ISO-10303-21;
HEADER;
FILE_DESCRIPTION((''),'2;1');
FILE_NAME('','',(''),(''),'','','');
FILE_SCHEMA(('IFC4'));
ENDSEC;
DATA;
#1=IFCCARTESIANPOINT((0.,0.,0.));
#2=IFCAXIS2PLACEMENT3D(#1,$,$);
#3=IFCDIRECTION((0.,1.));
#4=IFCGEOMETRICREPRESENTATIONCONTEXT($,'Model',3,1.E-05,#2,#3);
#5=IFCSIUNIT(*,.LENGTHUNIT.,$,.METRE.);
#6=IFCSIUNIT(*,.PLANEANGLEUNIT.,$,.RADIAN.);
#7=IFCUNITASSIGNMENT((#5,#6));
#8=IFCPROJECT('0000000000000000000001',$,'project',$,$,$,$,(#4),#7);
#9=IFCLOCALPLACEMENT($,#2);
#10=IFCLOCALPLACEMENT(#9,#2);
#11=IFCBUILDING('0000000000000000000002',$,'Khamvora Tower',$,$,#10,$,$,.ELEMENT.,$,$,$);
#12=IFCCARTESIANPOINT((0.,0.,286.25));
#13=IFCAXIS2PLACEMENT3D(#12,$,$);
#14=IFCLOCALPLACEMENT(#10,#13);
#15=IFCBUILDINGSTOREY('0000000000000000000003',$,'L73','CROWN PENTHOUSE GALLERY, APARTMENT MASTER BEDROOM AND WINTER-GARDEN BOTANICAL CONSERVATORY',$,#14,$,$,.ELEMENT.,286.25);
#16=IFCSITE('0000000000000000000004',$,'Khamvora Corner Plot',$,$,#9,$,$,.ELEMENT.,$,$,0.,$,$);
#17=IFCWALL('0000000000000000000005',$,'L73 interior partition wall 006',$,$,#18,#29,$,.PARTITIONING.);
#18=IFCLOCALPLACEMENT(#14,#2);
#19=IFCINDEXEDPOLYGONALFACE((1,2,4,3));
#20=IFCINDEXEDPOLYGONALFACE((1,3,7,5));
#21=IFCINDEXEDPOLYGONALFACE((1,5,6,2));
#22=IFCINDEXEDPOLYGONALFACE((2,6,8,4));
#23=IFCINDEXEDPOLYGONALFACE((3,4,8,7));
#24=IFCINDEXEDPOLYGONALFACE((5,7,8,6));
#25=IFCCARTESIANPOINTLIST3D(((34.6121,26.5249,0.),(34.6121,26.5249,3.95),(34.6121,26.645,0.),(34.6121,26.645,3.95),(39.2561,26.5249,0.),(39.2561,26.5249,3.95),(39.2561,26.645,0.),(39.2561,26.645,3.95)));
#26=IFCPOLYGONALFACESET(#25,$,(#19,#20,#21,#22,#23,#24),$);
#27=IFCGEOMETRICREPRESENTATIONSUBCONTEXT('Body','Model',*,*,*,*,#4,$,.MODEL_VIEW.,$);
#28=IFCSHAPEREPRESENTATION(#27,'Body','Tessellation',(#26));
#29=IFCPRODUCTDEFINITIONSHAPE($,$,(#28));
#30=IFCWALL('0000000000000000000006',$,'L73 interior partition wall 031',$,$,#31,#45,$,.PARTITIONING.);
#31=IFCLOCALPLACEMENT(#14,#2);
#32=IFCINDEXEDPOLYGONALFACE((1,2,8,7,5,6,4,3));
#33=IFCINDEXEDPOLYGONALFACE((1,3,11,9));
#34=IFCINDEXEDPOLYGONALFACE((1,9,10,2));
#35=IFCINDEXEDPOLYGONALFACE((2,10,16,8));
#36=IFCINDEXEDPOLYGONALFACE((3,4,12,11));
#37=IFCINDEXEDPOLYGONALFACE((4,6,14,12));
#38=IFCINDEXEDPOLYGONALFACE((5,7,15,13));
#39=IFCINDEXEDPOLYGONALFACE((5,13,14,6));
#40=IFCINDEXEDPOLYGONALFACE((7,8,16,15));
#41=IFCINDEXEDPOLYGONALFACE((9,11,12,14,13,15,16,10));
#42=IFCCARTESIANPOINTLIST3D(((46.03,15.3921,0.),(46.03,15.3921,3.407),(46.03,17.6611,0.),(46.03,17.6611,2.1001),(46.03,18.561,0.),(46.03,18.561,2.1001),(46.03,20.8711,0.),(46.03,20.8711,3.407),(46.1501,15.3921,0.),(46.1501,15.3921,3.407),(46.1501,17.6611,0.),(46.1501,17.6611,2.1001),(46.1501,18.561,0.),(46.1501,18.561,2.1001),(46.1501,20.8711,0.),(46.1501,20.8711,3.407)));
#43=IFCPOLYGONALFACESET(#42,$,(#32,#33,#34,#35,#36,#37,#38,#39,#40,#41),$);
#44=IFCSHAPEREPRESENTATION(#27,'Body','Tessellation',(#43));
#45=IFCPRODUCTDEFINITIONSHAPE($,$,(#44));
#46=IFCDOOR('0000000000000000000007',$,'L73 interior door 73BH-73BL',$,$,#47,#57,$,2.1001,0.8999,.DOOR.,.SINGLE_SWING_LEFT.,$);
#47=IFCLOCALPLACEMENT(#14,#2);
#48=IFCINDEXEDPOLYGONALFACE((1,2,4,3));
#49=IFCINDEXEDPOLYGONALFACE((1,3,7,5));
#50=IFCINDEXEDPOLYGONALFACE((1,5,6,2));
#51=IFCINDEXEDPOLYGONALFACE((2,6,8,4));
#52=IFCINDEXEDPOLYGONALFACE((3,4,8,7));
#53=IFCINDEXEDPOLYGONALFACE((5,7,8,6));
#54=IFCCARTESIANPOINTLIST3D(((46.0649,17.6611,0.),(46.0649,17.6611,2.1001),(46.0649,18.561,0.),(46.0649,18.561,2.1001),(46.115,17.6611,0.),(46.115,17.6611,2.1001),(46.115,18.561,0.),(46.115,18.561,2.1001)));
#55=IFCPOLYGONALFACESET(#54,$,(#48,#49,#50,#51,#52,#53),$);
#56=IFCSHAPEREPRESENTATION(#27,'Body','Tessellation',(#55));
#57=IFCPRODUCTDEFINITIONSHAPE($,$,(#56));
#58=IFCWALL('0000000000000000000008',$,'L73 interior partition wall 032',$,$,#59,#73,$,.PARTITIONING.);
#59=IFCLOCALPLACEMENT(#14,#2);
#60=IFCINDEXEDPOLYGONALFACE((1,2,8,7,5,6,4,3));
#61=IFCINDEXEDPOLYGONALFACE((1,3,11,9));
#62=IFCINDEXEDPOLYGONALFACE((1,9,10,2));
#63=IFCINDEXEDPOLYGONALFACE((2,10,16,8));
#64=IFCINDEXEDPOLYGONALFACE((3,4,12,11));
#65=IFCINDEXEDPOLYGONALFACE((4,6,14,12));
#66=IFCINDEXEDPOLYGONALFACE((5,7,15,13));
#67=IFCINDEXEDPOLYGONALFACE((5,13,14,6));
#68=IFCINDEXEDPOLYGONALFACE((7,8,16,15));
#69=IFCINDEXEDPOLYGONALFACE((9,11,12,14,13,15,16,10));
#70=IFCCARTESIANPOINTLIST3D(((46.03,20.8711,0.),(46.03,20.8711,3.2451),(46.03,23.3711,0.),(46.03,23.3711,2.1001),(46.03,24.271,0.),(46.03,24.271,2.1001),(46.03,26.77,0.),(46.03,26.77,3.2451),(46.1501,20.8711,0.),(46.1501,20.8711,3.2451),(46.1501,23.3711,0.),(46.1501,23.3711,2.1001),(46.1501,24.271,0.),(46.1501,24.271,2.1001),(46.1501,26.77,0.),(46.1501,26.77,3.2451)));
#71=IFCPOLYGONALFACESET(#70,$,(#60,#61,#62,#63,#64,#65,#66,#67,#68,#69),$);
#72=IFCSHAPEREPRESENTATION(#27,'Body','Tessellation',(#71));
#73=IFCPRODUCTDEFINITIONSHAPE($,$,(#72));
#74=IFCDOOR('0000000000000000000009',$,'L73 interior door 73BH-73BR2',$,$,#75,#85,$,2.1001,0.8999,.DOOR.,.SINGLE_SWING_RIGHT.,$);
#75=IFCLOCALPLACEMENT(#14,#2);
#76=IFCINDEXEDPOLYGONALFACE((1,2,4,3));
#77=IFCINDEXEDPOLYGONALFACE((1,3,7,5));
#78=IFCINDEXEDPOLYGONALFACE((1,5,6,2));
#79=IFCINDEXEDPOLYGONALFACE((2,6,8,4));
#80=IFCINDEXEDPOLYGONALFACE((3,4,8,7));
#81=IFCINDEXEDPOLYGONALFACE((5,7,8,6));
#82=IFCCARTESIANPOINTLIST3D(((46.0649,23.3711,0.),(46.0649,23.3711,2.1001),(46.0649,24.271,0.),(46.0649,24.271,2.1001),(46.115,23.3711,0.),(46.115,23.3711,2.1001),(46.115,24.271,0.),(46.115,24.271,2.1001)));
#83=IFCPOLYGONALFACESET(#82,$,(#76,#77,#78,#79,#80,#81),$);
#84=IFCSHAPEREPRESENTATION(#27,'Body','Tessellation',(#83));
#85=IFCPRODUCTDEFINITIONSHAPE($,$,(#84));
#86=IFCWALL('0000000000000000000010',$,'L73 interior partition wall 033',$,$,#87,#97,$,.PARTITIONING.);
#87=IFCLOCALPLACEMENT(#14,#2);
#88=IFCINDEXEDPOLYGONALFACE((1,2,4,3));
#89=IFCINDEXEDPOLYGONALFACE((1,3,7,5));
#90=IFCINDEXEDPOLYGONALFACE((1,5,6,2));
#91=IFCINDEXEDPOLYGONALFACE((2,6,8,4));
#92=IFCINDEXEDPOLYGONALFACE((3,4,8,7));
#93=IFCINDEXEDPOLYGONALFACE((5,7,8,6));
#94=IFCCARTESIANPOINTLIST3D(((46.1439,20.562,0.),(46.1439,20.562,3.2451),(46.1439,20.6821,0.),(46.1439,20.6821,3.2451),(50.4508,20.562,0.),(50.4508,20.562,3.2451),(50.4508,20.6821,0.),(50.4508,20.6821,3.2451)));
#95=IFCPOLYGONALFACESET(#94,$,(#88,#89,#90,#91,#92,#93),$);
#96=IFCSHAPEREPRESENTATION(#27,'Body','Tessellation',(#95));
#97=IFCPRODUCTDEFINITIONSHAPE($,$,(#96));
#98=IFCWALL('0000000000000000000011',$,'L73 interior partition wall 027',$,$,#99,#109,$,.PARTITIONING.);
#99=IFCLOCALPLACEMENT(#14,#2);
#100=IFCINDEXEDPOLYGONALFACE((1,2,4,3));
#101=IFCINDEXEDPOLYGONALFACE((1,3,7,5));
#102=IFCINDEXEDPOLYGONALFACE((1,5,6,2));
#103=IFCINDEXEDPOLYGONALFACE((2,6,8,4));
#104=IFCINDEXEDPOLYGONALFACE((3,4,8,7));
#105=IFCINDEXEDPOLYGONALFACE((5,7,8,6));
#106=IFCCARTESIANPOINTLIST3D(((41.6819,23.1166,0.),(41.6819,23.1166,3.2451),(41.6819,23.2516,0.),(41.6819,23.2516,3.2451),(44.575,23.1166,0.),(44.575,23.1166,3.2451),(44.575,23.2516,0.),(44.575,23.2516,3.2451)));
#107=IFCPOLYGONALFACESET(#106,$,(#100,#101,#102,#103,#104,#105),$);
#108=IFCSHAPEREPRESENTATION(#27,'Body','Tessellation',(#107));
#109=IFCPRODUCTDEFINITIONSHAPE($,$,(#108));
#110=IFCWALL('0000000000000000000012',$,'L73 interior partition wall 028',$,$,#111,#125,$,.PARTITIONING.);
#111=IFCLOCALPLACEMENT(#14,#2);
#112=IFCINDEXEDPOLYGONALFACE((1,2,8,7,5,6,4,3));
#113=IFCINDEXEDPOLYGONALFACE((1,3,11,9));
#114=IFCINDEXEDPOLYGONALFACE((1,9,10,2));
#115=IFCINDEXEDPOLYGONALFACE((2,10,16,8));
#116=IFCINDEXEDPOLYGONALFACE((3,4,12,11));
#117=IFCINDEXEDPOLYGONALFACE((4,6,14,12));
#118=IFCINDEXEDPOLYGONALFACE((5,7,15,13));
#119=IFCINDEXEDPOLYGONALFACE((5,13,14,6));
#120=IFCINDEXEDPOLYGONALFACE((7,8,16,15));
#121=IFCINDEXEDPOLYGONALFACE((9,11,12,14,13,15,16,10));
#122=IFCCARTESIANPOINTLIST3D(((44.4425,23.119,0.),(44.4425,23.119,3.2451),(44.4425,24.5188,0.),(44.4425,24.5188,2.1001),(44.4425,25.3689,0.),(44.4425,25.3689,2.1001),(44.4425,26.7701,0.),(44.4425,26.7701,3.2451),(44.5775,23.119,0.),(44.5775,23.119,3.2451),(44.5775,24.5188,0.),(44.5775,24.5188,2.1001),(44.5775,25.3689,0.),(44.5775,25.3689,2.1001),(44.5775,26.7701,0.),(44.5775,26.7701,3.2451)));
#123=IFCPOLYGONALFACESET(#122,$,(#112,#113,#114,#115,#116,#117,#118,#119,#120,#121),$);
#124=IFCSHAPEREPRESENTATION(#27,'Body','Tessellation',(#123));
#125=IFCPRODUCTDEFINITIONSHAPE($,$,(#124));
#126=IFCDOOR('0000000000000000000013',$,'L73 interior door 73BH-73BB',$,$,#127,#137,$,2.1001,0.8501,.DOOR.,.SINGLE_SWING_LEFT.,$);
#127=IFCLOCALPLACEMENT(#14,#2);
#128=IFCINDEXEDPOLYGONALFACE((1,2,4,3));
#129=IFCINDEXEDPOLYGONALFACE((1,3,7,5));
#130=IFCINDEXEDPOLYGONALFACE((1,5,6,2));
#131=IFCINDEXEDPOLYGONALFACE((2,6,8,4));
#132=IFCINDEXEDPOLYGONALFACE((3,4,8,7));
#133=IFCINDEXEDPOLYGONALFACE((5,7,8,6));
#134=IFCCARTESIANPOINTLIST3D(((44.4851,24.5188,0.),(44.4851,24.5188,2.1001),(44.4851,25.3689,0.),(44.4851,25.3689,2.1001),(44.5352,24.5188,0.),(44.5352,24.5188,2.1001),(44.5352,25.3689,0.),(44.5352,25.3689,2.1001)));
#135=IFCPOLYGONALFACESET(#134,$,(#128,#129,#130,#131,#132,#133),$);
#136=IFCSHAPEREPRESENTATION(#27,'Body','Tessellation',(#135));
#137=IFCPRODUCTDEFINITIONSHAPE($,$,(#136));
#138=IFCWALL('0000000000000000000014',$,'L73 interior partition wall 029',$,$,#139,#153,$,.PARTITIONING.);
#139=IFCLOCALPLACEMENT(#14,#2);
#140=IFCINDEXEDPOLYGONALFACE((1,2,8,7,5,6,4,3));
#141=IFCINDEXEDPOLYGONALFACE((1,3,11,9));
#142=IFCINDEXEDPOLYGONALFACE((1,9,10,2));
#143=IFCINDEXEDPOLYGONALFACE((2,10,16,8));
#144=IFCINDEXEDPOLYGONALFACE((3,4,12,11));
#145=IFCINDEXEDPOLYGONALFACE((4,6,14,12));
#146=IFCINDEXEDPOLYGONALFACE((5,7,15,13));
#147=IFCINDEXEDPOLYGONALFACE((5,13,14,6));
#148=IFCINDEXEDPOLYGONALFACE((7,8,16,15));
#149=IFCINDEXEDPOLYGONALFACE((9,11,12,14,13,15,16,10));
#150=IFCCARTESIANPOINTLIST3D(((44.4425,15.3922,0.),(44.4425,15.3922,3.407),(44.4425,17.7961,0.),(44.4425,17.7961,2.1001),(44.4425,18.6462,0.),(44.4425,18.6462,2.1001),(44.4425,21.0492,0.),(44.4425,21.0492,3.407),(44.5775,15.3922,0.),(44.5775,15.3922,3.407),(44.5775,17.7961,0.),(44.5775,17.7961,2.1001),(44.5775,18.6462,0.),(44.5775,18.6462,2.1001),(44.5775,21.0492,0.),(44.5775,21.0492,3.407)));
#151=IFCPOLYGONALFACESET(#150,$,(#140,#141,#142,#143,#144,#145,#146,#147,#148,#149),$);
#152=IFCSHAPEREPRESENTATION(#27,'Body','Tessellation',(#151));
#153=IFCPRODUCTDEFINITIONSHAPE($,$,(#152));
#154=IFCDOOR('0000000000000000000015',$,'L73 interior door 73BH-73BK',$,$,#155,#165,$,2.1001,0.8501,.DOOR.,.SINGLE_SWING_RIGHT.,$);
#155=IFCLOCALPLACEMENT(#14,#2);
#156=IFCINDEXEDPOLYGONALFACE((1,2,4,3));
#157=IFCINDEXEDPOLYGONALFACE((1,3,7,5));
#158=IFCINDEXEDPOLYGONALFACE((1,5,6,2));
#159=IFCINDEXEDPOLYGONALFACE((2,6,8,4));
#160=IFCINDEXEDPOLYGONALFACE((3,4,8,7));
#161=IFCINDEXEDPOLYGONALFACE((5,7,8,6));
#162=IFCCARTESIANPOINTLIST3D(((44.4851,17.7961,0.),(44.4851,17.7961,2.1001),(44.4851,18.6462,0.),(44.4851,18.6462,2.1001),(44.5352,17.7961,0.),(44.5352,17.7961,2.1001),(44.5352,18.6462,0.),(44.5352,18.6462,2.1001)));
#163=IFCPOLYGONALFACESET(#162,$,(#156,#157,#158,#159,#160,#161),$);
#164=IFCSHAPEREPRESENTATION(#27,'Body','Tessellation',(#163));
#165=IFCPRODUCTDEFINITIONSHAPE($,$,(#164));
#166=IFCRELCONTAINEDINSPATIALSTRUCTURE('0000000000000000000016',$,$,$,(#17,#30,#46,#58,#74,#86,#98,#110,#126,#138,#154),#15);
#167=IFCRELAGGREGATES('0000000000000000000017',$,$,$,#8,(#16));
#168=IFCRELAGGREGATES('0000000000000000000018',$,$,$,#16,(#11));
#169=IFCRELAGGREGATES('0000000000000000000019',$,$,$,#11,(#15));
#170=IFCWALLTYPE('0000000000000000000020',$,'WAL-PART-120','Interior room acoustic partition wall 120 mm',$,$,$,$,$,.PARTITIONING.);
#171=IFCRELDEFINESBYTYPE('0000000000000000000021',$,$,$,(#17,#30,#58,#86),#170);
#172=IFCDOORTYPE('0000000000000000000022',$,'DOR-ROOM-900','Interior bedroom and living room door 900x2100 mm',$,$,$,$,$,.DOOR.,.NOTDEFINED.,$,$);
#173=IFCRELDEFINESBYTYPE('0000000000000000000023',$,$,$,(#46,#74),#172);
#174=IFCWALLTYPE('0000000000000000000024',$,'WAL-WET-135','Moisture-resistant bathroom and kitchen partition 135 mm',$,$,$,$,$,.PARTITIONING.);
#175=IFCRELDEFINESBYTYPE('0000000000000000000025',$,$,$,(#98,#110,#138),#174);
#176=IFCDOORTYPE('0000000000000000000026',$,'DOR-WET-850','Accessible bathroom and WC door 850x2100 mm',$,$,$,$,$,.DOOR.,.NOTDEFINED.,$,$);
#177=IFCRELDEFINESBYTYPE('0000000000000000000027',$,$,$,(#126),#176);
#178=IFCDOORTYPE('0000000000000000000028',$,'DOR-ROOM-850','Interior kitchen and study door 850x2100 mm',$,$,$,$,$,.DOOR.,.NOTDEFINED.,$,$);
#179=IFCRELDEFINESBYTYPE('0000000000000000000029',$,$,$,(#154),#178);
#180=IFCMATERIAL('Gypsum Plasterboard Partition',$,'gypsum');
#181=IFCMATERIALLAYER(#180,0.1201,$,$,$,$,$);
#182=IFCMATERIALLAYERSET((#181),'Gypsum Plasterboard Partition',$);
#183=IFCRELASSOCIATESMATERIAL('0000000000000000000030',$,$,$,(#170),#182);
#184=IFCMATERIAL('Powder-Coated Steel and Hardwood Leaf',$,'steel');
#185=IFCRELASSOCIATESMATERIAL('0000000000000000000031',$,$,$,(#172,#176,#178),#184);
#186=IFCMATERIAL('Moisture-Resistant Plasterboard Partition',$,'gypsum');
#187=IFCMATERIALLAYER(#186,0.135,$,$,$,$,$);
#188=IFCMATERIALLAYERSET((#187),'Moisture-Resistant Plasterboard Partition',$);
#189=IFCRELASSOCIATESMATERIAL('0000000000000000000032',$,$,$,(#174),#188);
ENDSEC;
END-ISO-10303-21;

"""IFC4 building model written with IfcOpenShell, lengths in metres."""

from ifc_helpers import new_model, si_unit, direction, frame, frame_2d, origin, place, context, subcontext, project, spatial, rectangle, extrude, material, layer, layer_set, type_object, element, fill, save


model = new_model("IFC4")

# Units and contexts
model_context = context("Model", 3, precision=1e-05, world=origin(), true_north=direction((0.0, 1.0)))
body_context = subcontext(model_context, "Body", "Model", "MODEL_VIEW")
ifc_project = project(units=[si_unit("LENGTHUNIT", "METRE"), si_unit("PLANEANGLEUNIT", "RADIAN")], contexts=[model_context])

# Site, building, storey
site_placement = place(None, origin())
site = spatial("IfcSite", under=ifc_project, at=site_placement, Name="Khamvora Corner Plot", CompositionType="ELEMENT", RefElevation=0.0)
building_placement = place(site_placement, origin())
building = spatial("IfcBuilding", under=site, at=building_placement, Name="Khamvora Tower", CompositionType="ELEMENT")
storey_placement = place(building_placement, frame((0.0, 0.0, 286.25)))
storey = spatial("IfcBuildingStorey", under=building, at=storey_placement, Name="L73", Description="CROWN PENTHOUSE GALLERY, APARTMENT MASTER BEDROOM AND WINTER-GARDEN BOTANICAL CONSERVATORY", CompositionType="ELEMENT", Elevation=286.25)

# Shared definitions
ifc_material_1 = material(Name="Powder-Coated Steel and Hardwood Leaf", Category="steel")

# Wall
ifc_material_2 = material(Name="Gypsum Plasterboard Partition", Category="gypsum")
ifc_layer_1 = layer(ifc_material_2, 0.1201)
ifc_layer_set_1 = layer_set([ifc_layer_1], Name="Gypsum Plasterboard Partition")
wall_type_1 = type_object("IfcWallType", Name="WAL-PART-120", Description="Interior room acoustic partition wall 120 mm", PredefinedType="PARTITIONING", material=ifc_layer_set_1)
wall_1_placement = place(storey_placement, frame((39.2561, 26.585, 0.0), z_axis=(0.0, 0.0, 1.0), x_axis=(-1.0, 0.0, 0.0)))
element("IfcWall", 1, at=wall_1_placement, inside=storey, type_object=wall_type_1, Name="L73 interior partition wall 006", PredefinedType="PARTITIONING", context=body_context, shape_type="SweptSolid", body=[
    extrude(rectangle(XDim=4.644, YDim=0.1201, at=frame_2d((2.322, 0.0))), origin(), (0.0, 0.0, 1.0), 3.95),
])

# Walls, openings, doors
wall_2_placement = place(storey_placement, frame((46.0901, 20.8711, 0.0), z_axis=(0.0, 0.0, 1.0), x_axis=(0.0, -1.0, 0.0)))
wall_2 = element("IfcWall", 2, at=wall_2_placement, inside=storey, type_object=wall_type_1, Name="L73 interior partition wall 031", PredefinedType="PARTITIONING", context=body_context, shape_type="SweptSolid", body=[
    extrude(rectangle(XDim=5.479, YDim=0.1201, at=frame_2d((2.7395, 0.0))), origin(), (0.0, 0.0, 1.0), 3.407),
])
opening_1_placement = place(wall_2_placement, frame((2.3101, 0.0, 0.0)))
opening_1 = element("IfcOpeningElement", 3, at=opening_1_placement, cuts=wall_2, PredefinedType="OPENING", context=body_context, shape_type="SweptSolid", body=[
    extrude(rectangle(XDim=0.8999, YDim=2.1001, at=frame_2d((0.45, 1.05))), frame((0.0, 0.0701, 0.0), z_axis=(0.0, -1.0, 0.0), x_axis=(1.0, 0.0, 0.0)), (0.0, 0.0, 1.0), 0.1401),
])
door_type_1 = type_object("IfcDoorType", Name="DOR-ROOM-900", Description="Interior bedroom and living room door 900x2100 mm", OperationType="NOTDEFINED", PredefinedType="DOOR", material=ifc_material_1)
door_1_placement = place(opening_1_placement, origin())
door_1 = element("IfcDoor", 4, at=door_1_placement, inside=storey, type_object=door_type_1, Name="L73 interior door 73BH-73BL", OperationType="SINGLE_SWING_LEFT", OverallHeight=2.1001, OverallWidth=0.8999, PredefinedType="DOOR", context=body_context, shape_type="SweptSolid", body=[
    extrude(rectangle(XDim=0.8999, YDim=2.1001, at=frame_2d((0.45, 1.05))), frame((0.0, 0.0249, 0.0), z_axis=(0.0, -1.0, 0.0), x_axis=(1.0, 0.0, 0.0)), (0.0, 0.0, 1.0), 0.05),
])
fill(opening_1, door_1)
wall_3_placement = place(storey_placement, frame((46.0901, 26.77, 0.0), z_axis=(0.0, 0.0, 1.0), x_axis=(0.0, -1.0, 0.0)))
wall_3 = element("IfcWall", 5, at=wall_3_placement, inside=storey, type_object=wall_type_1, Name="L73 interior partition wall 032", PredefinedType="PARTITIONING", context=body_context, shape_type="SweptSolid", body=[
    extrude(rectangle(XDim=5.8989, YDim=0.1201, at=frame_2d((2.9495, 0.0))), origin(), (0.0, 0.0, 1.0), 3.2451),
])
opening_2_placement = place(wall_3_placement, frame((2.499, 0.0, 0.0)))
opening_2 = element("IfcOpeningElement", 6, at=opening_2_placement, cuts=wall_3, PredefinedType="OPENING", context=body_context, shape_type="SweptSolid", body=[
    extrude(rectangle(XDim=0.8999, YDim=2.1001, at=frame_2d((0.45, 1.05))), frame((0.0, 0.0701, 0.0), z_axis=(0.0, -1.0, 0.0), x_axis=(1.0, 0.0, 0.0)), (0.0, 0.0, 1.0), 0.1401),
])
door_2_placement = place(opening_2_placement, origin())
door_2 = element("IfcDoor", 7, at=door_2_placement, inside=storey, type_object=door_type_1, Name="L73 interior door 73BH-73BR2", OperationType="SINGLE_SWING_RIGHT", OverallHeight=2.1001, OverallWidth=0.8999, PredefinedType="DOOR", context=body_context, shape_type="SweptSolid", body=[
    extrude(rectangle(XDim=0.8999, YDim=2.1001, at=frame_2d((0.45, 1.05))), frame((0.0, 0.0249, 0.0), z_axis=(0.0, -1.0, 0.0), x_axis=(1.0, 0.0, 0.0)), (0.0, 0.0, 1.0), 0.05),
])
fill(opening_2, door_2)

# Walls
wall_4_placement = place(storey_placement, frame((46.144, 20.6221, 0.0), z_axis=(0.0, 0.0, 1.0), x_axis=(1.0, 0.0, 0.0)))
element("IfcWall", 8, at=wall_4_placement, inside=storey, type_object=wall_type_1, Name="L73 interior partition wall 033", PredefinedType="PARTITIONING", context=body_context, shape_type="SweptSolid", body=[
    extrude(rectangle(XDim=4.3069, YDim=0.1201, at=frame_2d((2.1533, 0.0))), origin(), (0.0, 0.0, 1.0), 3.2451),
])
ifc_material_3 = material(Name="Moisture-Resistant Plasterboard Partition", Category="gypsum")
ifc_layer_2 = layer(ifc_material_3, 0.135)
ifc_layer_set_2 = layer_set([ifc_layer_2], Name="Moisture-Resistant Plasterboard Partition")
wall_type_2 = type_object("IfcWallType", Name="WAL-WET-135", Description="Moisture-resistant bathroom and kitchen partition 135 mm", PredefinedType="PARTITIONING", material=ifc_layer_set_2)
wall_5_placement = place(storey_placement, frame((41.6819, 23.1841, 0.0), z_axis=(0.0, 0.0, 1.0), x_axis=(1.0, 0.0, 0.0)))
element("IfcWall", 9, at=wall_5_placement, inside=storey, type_object=wall_type_2, Name="L73 interior partition wall 027", PredefinedType="PARTITIONING", context=body_context, shape_type="SweptSolid", body=[
    extrude(rectangle(XDim=2.8931, YDim=0.135, at=frame_2d((1.4465, 0.0))), origin(), (0.0, 0.0, 1.0), 3.2451),
])

# Walls, openings, doors
wall_6_placement = place(storey_placement, frame((44.51, 23.1189, 0.0), z_axis=(0.0, 0.0, 1.0), x_axis=(0.0, 1.0, 0.0)))
wall_6 = element("IfcWall", 10, at=wall_6_placement, inside=storey, type_object=wall_type_2, Name="L73 interior partition wall 028", PredefinedType="PARTITIONING", context=body_context, shape_type="SweptSolid", body=[
    extrude(rectangle(XDim=3.6511, YDim=0.135, at=frame_2d((1.8257, 0.0))), origin(), (0.0, 0.0, 1.0), 3.2451),
])
opening_3_placement = place(wall_6_placement, frame((1.3999, 0.0, 0.0)))
opening_3 = element("IfcOpeningElement", 11, at=opening_3_placement, cuts=wall_6, PredefinedType="OPENING", context=body_context, shape_type="SweptSolid", body=[
    extrude(rectangle(XDim=0.8501, YDim=2.1001, at=frame_2d((0.425, 1.05))), frame((0.0, 0.0774, 0.0), z_axis=(0.0, -1.0, 0.0), x_axis=(1.0, 0.0, 0.0)), (0.0, 0.0, 1.0), 0.155),
])
door_type_2 = type_object("IfcDoorType", Name="DOR-WET-850", Description="Accessible bathroom and WC door 850x2100 mm", OperationType="NOTDEFINED", PredefinedType="DOOR", material=ifc_material_1)
door_3_placement = place(opening_3_placement, origin())
door_3 = element("IfcDoor", 12, at=door_3_placement, inside=storey, type_object=door_type_2, Name="L73 interior door 73BH-73BB", OperationType="SINGLE_SWING_LEFT", OverallHeight=2.1001, OverallWidth=0.8501, PredefinedType="DOOR", context=body_context, shape_type="SweptSolid", body=[
    extrude(rectangle(XDim=0.8501, YDim=2.1001, at=frame_2d((0.425, 1.05))), frame((0.0, 0.0249, 0.0), z_axis=(0.0, -1.0, 0.0), x_axis=(1.0, 0.0, 0.0)), (0.0, 0.0, 1.0), 0.05),
])
fill(opening_3, door_3)
wall_7_placement = place(storey_placement, frame((44.51, 15.3921, 0.0), z_axis=(0.0, 0.0, 1.0), x_axis=(0.0, 1.0, 0.0)))
wall_7 = element("IfcWall", 13, at=wall_7_placement, inside=storey, type_object=wall_type_2, Name="L73 interior partition wall 029", PredefinedType="PARTITIONING", context=body_context, shape_type="SweptSolid", body=[
    extrude(rectangle(XDim=5.657, YDim=0.135, at=frame_2d((2.8286, 0.0))), origin(), (0.0, 0.0, 1.0), 3.407),
])
opening_4_placement = place(wall_7_placement, frame((2.4041, 0.0, 0.0)))
opening_4 = element("IfcOpeningElement", 14, at=opening_4_placement, cuts=wall_7, PredefinedType="OPENING", context=body_context, shape_type="SweptSolid", body=[
    extrude(rectangle(XDim=0.8501, YDim=2.1001, at=frame_2d((0.425, 1.05))), frame((0.0, 0.0774, 0.0), z_axis=(0.0, -1.0, 0.0), x_axis=(1.0, 0.0, 0.0)), (0.0, 0.0, 1.0), 0.155),
])
door_type_3 = type_object("IfcDoorType", Name="DOR-ROOM-850", Description="Interior kitchen and study door 850x2100 mm", OperationType="NOTDEFINED", PredefinedType="DOOR", material=ifc_material_1)
door_4_placement = place(opening_4_placement, origin())
door_4 = element("IfcDoor", 15, at=door_4_placement, inside=storey, type_object=door_type_3, Name="L73 interior door 73BH-73BK", OperationType="SINGLE_SWING_RIGHT", OverallHeight=2.1001, OverallWidth=0.8501, PredefinedType="DOOR", context=body_context, shape_type="SweptSolid", body=[
    extrude(rectangle(XDim=0.8501, YDim=2.1001, at=frame_2d((0.425, 1.05))), frame((0.0, 0.0249, 0.0), z_axis=(0.0, -1.0, 0.0), x_axis=(1.0, 0.0, 0.0)), (0.0, 0.0, 1.0), 0.05),
])
fill(opening_4, door_4)

save(model, "model.ifc")
